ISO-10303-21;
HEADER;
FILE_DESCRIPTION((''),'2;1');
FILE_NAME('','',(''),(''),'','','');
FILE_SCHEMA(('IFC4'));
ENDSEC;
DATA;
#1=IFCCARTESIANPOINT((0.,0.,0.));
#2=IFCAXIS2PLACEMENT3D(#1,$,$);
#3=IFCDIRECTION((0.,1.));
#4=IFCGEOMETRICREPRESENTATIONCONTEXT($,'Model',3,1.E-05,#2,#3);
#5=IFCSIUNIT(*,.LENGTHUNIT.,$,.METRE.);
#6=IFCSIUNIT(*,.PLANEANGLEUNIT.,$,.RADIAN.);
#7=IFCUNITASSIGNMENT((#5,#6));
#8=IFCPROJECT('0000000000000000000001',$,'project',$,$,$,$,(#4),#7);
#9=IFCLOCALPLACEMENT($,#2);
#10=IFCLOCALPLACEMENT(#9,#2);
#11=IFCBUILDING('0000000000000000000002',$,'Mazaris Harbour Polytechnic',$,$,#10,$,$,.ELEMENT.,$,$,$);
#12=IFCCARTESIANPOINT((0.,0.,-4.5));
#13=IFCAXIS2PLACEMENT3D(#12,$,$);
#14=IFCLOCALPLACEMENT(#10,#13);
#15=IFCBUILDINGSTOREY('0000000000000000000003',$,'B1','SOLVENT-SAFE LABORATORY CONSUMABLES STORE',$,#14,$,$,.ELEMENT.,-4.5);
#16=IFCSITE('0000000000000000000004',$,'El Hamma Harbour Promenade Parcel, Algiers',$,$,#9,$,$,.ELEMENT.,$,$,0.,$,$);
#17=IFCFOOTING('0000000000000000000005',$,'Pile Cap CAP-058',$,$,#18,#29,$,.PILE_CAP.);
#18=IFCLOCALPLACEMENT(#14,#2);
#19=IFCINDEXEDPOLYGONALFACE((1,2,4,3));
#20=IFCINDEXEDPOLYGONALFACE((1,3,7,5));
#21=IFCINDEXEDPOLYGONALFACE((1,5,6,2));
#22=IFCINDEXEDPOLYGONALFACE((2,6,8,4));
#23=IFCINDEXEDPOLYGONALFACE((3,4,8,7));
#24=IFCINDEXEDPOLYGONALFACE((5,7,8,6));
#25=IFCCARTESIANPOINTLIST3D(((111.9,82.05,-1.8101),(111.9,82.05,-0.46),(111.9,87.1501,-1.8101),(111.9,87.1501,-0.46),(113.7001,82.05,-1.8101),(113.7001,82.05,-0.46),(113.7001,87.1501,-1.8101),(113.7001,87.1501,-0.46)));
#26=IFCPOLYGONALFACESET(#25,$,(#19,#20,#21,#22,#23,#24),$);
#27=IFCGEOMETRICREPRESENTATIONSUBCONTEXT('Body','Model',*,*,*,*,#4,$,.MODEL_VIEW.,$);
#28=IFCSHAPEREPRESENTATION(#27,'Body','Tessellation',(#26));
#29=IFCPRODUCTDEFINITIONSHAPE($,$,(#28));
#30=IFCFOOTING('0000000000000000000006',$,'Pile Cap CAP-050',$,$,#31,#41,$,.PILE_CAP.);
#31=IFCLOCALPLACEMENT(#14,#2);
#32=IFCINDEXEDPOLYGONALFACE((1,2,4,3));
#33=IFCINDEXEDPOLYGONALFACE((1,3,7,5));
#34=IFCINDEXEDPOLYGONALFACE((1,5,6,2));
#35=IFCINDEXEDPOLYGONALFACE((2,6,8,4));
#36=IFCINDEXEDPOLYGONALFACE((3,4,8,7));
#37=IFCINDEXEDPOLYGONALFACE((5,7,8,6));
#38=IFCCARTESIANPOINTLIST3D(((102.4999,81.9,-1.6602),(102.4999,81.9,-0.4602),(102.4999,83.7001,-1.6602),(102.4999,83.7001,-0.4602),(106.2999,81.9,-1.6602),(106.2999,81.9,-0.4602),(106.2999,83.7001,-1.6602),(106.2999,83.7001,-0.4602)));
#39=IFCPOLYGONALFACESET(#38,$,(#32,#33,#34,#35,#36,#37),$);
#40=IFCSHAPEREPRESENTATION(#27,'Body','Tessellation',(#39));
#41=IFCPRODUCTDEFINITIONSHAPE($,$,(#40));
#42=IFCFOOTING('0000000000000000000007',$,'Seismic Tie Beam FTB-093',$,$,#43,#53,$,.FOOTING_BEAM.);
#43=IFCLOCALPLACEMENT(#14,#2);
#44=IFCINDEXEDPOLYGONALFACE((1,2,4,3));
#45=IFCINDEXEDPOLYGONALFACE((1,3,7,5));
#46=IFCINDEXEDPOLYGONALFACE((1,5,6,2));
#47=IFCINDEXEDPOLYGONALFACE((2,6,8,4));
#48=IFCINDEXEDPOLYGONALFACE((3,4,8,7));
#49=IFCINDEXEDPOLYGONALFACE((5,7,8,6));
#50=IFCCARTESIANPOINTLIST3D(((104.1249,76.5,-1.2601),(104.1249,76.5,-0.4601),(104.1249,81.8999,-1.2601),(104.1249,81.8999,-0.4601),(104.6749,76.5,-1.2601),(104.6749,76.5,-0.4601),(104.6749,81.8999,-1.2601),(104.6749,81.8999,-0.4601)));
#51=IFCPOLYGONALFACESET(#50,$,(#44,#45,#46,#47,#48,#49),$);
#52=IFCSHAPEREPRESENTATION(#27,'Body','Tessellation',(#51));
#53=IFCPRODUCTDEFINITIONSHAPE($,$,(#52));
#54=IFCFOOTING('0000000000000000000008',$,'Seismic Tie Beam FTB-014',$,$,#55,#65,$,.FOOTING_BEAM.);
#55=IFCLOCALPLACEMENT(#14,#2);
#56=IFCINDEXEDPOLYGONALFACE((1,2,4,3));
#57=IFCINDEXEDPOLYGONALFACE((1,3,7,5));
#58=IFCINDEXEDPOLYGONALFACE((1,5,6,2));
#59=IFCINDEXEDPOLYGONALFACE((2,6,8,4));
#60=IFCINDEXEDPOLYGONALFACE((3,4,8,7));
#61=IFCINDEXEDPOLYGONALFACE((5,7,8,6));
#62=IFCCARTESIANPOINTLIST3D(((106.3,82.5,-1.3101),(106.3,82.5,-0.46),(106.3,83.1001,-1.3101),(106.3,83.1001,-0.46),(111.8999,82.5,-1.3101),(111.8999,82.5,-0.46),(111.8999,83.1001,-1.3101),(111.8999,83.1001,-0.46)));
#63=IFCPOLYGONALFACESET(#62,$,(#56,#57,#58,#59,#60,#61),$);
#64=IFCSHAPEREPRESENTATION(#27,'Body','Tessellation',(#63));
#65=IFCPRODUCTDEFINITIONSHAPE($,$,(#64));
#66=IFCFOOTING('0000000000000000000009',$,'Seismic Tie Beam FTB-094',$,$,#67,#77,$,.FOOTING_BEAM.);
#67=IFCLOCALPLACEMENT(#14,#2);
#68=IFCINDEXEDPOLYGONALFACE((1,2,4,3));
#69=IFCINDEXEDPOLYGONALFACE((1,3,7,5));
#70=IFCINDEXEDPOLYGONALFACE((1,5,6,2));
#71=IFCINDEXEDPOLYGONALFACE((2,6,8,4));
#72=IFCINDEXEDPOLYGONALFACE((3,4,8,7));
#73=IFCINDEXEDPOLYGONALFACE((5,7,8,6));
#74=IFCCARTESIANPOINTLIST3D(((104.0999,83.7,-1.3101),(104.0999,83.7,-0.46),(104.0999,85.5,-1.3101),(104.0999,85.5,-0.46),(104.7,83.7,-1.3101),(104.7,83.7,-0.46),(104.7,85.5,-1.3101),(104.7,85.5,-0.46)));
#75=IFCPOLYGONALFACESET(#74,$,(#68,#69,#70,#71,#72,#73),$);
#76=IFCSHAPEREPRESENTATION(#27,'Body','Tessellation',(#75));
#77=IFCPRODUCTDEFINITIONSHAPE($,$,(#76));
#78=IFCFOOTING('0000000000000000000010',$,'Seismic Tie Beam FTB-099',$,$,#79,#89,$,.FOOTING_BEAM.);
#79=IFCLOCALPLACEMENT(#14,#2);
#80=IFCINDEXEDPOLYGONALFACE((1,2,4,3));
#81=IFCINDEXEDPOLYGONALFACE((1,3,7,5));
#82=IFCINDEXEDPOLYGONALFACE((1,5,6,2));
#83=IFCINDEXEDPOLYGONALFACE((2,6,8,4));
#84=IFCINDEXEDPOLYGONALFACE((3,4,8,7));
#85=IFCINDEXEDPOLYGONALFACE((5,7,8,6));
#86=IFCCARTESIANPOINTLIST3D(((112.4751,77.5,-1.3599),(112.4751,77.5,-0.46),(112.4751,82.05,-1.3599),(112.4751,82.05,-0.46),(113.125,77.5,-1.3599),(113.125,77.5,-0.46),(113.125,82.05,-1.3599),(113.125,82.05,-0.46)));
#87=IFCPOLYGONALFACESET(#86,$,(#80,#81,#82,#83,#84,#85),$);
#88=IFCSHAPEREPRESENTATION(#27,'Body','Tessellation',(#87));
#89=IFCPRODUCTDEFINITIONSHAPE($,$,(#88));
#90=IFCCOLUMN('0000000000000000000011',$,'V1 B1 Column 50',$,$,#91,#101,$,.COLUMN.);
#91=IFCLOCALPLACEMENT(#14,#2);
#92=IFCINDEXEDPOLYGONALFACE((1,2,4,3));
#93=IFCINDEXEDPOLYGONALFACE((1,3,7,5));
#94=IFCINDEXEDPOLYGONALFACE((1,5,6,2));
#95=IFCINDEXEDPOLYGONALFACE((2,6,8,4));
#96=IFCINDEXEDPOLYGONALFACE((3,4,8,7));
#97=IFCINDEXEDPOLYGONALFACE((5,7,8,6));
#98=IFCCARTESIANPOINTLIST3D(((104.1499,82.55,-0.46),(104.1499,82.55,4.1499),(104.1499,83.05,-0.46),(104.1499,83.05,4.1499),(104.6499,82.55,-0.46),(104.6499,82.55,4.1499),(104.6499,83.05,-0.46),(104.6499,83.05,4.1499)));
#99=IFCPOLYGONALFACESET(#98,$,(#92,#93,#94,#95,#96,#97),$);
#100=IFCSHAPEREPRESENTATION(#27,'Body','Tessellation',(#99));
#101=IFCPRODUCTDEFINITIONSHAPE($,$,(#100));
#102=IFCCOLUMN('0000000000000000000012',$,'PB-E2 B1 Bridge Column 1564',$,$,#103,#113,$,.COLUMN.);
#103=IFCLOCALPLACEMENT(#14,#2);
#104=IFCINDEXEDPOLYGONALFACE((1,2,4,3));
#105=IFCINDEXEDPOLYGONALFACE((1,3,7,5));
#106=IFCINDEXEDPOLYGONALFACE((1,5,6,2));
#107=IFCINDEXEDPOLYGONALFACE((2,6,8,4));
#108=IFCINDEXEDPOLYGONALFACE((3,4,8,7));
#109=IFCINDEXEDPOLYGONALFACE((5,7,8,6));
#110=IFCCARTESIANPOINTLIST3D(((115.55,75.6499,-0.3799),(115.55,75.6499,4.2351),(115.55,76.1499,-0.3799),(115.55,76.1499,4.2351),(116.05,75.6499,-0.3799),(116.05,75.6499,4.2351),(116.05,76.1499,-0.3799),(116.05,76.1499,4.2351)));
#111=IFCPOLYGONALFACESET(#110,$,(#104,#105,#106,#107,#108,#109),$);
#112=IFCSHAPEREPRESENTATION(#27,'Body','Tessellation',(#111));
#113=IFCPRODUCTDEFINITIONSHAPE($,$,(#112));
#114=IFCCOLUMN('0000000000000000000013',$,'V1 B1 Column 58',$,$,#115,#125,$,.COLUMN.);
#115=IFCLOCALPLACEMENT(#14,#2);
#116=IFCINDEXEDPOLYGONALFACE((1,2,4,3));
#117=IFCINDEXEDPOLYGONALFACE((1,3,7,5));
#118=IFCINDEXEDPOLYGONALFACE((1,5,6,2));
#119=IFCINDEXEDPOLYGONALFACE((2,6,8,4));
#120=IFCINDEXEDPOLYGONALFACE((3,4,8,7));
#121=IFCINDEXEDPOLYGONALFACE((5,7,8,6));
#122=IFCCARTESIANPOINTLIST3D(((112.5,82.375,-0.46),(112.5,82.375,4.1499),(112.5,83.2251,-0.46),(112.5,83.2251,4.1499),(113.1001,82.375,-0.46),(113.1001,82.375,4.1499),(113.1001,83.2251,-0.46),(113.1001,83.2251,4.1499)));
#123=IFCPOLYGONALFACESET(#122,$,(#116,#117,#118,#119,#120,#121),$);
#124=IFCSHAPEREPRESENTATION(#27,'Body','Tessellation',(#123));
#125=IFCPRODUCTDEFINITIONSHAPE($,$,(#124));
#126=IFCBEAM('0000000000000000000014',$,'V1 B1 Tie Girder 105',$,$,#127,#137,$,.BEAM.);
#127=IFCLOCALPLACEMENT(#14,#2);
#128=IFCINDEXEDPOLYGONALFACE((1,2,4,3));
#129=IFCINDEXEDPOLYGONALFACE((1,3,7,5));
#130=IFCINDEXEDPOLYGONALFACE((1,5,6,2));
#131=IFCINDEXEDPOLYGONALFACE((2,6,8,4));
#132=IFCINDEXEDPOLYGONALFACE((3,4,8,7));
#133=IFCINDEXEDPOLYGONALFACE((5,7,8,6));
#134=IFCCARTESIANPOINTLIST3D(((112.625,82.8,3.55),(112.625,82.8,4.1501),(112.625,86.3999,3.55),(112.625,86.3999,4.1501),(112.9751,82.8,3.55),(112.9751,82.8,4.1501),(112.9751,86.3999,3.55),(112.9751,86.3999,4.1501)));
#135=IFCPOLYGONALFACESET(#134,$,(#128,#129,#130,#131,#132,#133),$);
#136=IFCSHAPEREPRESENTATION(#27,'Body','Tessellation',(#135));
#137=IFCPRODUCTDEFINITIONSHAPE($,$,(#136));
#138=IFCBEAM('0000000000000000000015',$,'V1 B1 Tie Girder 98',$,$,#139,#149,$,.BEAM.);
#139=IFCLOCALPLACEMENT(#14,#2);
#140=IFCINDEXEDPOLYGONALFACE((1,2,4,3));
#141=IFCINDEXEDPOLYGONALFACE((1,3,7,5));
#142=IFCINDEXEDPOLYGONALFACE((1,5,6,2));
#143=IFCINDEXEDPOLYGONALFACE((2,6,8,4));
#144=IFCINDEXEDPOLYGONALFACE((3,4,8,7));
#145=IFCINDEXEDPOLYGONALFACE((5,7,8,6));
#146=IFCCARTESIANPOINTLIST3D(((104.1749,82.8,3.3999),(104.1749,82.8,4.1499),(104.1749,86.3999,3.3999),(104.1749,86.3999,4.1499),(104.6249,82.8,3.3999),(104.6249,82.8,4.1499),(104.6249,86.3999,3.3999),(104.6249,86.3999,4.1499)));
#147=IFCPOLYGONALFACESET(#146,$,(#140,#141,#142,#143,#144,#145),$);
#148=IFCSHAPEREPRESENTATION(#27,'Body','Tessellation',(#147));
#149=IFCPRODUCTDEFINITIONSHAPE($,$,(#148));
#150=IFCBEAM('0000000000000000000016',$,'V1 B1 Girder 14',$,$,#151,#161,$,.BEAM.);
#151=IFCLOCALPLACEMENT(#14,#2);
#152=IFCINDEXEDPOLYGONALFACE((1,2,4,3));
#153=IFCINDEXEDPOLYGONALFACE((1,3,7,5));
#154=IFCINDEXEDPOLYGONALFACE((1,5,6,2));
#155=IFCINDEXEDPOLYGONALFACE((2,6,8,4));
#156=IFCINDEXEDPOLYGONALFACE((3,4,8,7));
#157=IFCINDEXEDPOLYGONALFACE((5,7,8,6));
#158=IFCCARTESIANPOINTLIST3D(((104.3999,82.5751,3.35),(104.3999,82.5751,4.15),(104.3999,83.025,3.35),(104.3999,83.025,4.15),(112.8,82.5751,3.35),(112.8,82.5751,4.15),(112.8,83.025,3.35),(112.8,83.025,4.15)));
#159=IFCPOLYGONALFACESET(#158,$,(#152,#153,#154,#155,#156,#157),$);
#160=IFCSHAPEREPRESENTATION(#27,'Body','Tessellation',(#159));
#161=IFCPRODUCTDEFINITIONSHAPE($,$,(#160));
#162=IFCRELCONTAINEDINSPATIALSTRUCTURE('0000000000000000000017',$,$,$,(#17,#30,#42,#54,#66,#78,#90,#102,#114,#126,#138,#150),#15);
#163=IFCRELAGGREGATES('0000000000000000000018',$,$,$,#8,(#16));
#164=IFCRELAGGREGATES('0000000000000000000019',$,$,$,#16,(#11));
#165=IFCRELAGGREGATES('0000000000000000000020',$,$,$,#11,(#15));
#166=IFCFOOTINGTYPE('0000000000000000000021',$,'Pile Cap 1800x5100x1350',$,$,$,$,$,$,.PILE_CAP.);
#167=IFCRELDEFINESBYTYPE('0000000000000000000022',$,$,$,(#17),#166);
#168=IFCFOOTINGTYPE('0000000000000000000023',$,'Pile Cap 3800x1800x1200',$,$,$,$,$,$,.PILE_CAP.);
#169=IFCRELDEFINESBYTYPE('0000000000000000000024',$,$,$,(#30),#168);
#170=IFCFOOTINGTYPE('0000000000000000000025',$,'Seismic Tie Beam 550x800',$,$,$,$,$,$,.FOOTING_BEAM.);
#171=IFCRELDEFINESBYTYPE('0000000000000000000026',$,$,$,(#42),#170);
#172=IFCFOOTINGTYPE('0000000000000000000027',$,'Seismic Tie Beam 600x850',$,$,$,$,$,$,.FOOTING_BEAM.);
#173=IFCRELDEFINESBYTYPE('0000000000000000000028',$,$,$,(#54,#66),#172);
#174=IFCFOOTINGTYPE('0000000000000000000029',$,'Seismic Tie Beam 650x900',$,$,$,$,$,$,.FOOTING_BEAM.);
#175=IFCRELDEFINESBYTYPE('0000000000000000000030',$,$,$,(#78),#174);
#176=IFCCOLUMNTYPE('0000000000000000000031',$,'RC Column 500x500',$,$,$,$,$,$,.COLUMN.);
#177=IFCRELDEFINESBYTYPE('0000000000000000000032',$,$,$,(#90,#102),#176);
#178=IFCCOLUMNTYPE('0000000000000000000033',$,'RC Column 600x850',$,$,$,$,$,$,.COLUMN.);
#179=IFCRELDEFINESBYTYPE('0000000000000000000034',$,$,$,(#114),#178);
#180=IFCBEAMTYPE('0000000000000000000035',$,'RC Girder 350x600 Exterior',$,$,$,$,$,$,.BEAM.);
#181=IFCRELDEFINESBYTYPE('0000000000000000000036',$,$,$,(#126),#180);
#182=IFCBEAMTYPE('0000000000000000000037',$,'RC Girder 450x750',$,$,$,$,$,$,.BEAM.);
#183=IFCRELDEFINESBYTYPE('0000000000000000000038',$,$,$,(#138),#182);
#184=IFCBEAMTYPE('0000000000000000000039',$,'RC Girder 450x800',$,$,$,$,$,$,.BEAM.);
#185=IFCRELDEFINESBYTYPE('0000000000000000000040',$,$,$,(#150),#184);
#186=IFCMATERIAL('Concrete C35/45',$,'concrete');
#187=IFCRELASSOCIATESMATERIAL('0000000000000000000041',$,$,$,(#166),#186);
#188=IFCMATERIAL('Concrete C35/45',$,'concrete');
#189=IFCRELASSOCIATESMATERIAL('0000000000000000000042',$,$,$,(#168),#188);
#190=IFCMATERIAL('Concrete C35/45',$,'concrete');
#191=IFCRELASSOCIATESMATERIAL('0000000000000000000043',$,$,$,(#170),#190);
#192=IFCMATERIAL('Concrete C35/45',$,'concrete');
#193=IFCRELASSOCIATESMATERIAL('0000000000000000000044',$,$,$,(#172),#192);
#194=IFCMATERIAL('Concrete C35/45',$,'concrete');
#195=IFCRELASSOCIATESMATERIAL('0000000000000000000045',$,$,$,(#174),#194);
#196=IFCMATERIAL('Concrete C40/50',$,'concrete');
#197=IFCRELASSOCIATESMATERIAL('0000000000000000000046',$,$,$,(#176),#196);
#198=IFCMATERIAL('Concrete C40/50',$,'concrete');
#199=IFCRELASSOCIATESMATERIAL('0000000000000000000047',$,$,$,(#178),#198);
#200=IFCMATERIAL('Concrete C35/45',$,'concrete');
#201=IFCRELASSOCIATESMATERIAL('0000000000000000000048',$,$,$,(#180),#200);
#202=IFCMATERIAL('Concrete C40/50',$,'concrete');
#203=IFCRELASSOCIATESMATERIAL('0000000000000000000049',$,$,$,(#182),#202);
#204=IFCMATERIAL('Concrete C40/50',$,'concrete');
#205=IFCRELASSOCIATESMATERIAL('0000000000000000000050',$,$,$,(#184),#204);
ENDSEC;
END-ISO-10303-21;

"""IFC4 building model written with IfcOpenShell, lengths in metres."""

from ifc_helpers import new_model, si_unit, direction, frame, origin, origin_2d, place, context, subcontext, project, spatial, rectangle, extrude, material, material_profile, profile_set, type_object, element, save


model = new_model("IFC4")

# Units and contexts
model_context = context("Model", 3, precision=1e-05, world=origin(), true_north=direction((0.0, 1.0)))
body_context = subcontext(model_context, "Body", "Model", "MODEL_VIEW")
ifc_project = project(units=[si_unit("LENGTHUNIT", "METRE"), si_unit("PLANEANGLEUNIT", "RADIAN")], contexts=[model_context])

# Site, building, storey
site_placement = place(None, origin())
site = spatial("IfcSite", under=ifc_project, at=site_placement, Name="El Hamma Harbour Promenade Parcel, Algiers", CompositionType="ELEMENT", RefElevation=0.0)
building_placement = place(site_placement, origin())
building = spatial("IfcBuilding", under=site, at=building_placement, Name="Mazaris Harbour Polytechnic", CompositionType="ELEMENT")
storey_placement = place(building_placement, frame((0.0, 0.0, -4.5)))
storey = spatial("IfcBuildingStorey", under=building, at=storey_placement, Name="B1", Description="SOLVENT-SAFE LABORATORY CONSUMABLES STORE", CompositionType="ELEMENT", Elevation=-4.5)

# Footings
ifc_material_1 = material(Name="Concrete C35/45", Category="concrete")
footing_type_1 = type_object("IfcFootingType", Name="Pile Cap 1800x5100x1350", PredefinedType="PILE_CAP", material=ifc_material_1)
footing_1_placement = place(storey_placement, frame((112.8, 84.6001, -1.8101), z_axis=(0.0, 0.0, 1.0), x_axis=(1.0, 0.0, 0.0)))
element("IfcFooting", 1, at=footing_1_placement, inside=storey, type_object=footing_type_1, Name="Pile Cap CAP-058", PredefinedType="PILE_CAP", context=body_context, shape_type="SweptSolid", body=[
    extrude(rectangle(XDim=1.8, YDim=5.1001, at=origin_2d()), origin(), (0.0, 0.0, 1.0), 1.3501),
])
ifc_material_2 = material(Name="Concrete C35/45", Category="concrete")
footing_type_2 = type_object("IfcFootingType", Name="Pile Cap 3800x1800x1200", PredefinedType="PILE_CAP", material=ifc_material_2)
footing_2_placement = place(storey_placement, frame((104.3999, 82.8, -1.6602), z_axis=(0.0, 0.0, 1.0), x_axis=(1.0, 0.0, 0.0)))
element("IfcFooting", 2, at=footing_2_placement, inside=storey, type_object=footing_type_2, Name="Pile Cap CAP-050", PredefinedType="PILE_CAP", context=body_context, shape_type="SweptSolid", body=[
    extrude(rectangle(XDim=3.8, YDim=1.8, at=origin_2d()), origin(), (0.0, 0.0, 1.0), 1.2),
])
ifc_material_3 = material(Name="Concrete C35/45", Category="concrete")
ifc_material_profile_1 = material_profile(ifc_material_3, rectangle(XDim=0.55, YDim=0.8, at=origin_2d()), Name="RECT550x800")
ifc_profile_set_1 = profile_set([ifc_material_profile_1], Name="Concrete C35/45")
footing_type_3 = type_object("IfcFootingType", Name="Seismic Tie Beam 550x800", PredefinedType="FOOTING_BEAM", material=ifc_profile_set_1)
footing_3_placement = place(storey_placement, frame((104.3999, 76.5, -0.8601), z_axis=(0.0, 1.0, 0.0), x_axis=(-1.0, 0.0, 0.0)))
element("IfcFooting", 3, at=footing_3_placement, inside=storey, type_object=footing_type_3, Name="Seismic Tie Beam FTB-093", PredefinedType="FOOTING_BEAM", context=body_context, shape_type="SweptSolid", body=[
    extrude(rectangle(XDim=0.55, YDim=0.8, at=origin_2d()), origin(), (0.0, 0.0, 1.0), 5.3999),
])
ifc_material_4 = material(Name="Concrete C35/45", Category="concrete")
ifc_material_profile_2 = material_profile(ifc_material_4, rectangle(XDim=0.6001, YDim=0.8501, at=origin_2d()), Name="RECT600x850")
ifc_profile_set_2 = profile_set([ifc_material_profile_2], Name="Concrete C35/45")
footing_type_4 = type_object("IfcFootingType", Name="Seismic Tie Beam 600x850", PredefinedType="FOOTING_BEAM", material=ifc_profile_set_2)
footing_4_placement = place(storey_placement, frame((106.3, 82.8, -0.885), z_axis=(1.0, 0.0, 0.0), x_axis=(0.0, 1.0, 0.0)))
element("IfcFooting", 4, at=footing_4_placement, inside=storey, type_object=footing_type_4, Name="Seismic Tie Beam FTB-014", PredefinedType="FOOTING_BEAM", context=body_context, shape_type="SweptSolid", body=[
    extrude(rectangle(XDim=0.6001, YDim=0.8501, at=origin_2d()), origin(), (0.0, 0.0, 1.0), 5.5999),
])
footing_5_placement = place(storey_placement, frame((104.3999, 83.7, -0.885), z_axis=(0.0, 1.0, 0.0), x_axis=(-1.0, 0.0, 0.0)))
element("IfcFooting", 5, at=footing_5_placement, inside=storey, type_object=footing_type_4, Name="Seismic Tie Beam FTB-094", PredefinedType="FOOTING_BEAM", context=body_context, shape_type="SweptSolid", body=[
    extrude(rectangle(XDim=0.6001, YDim=0.8501, at=origin_2d()), origin(), (0.0, 0.0, 1.0), 1.8),
])
ifc_material_5 = material(Name="Concrete C35/45", Category="concrete")
ifc_material_profile_3 = material_profile(ifc_material_5, rectangle(XDim=0.6499, YDim=0.8999, at=origin_2d()), Name="RECT650x900")
ifc_profile_set_3 = profile_set([ifc_material_profile_3], Name="Concrete C35/45")
footing_type_5 = type_object("IfcFootingType", Name="Seismic Tie Beam 650x900", PredefinedType="FOOTING_BEAM", material=ifc_profile_set_3)
footing_6_placement = place(storey_placement, frame((112.8, 77.5, -0.9099), z_axis=(0.0, 1.0, 0.0), x_axis=(-1.0, 0.0, 0.0)))
element("IfcFooting", 6, at=footing_6_placement, inside=storey, type_object=footing_type_5, Name="Seismic Tie Beam FTB-099", PredefinedType="FOOTING_BEAM", context=body_context, shape_type="SweptSolid", body=[
    extrude(rectangle(XDim=0.6499, YDim=0.8999, at=origin_2d()), origin(), (0.0, 0.0, 1.0), 4.55),
])

# Columns
ifc_material_6 = material(Name="Concrete C40/50", Category="concrete")
ifc_material_profile_4 = material_profile(ifc_material_6, rectangle(XDim=0.5, YDim=0.5, at=origin_2d()), Name="RECT500x500")
ifc_profile_set_4 = profile_set([ifc_material_profile_4], Name="Concrete C40/50")
column_type_1 = type_object("IfcColumnType", Name="RC Column 500x500", PredefinedType="COLUMN", material=ifc_profile_set_4)
column_1_placement = place(storey_placement, frame((104.3999, 82.8, -0.46), z_axis=(0.0, 0.0, 1.0), x_axis=(1.0, 0.0, 0.0)))
element("IfcColumn", 7, at=column_1_placement, inside=storey, type_object=column_type_1, Name="V1 B1 Column 50", PredefinedType="COLUMN", context=body_context, shape_type="SweptSolid", body=[
    extrude(rectangle(XDim=0.5, YDim=0.5, at=origin_2d()), origin(), (0.0, 0.0, 1.0), 4.6099),
])
column_2_placement = place(storey_placement, frame((115.8, 75.8999, -0.3799), z_axis=(0.0, 0.0, 1.0), x_axis=(1.0, 0.0, 0.0)))
element("IfcColumn", 8, at=column_2_placement, inside=storey, type_object=column_type_1, Name="PB-E2 B1 Bridge Column 1564", PredefinedType="COLUMN", context=body_context, shape_type="SweptSolid", body=[
    extrude(rectangle(XDim=0.5, YDim=0.5, at=origin_2d()), origin(), (0.0, 0.0, 1.0), 4.615),
])
ifc_material_7 = material(Name="Concrete C40/50", Category="concrete")
ifc_material_profile_5 = material_profile(ifc_material_7, rectangle(XDim=0.6001, YDim=0.8501, at=origin_2d()), Name="RECT600x850")
ifc_profile_set_5 = profile_set([ifc_material_profile_5], Name="Concrete C40/50")
column_type_2 = type_object("IfcColumnType", Name="RC Column 600x850", PredefinedType="COLUMN", material=ifc_profile_set_5)
column_3_placement = place(storey_placement, frame((112.8, 82.8, -0.46), z_axis=(0.0, 0.0, 1.0), x_axis=(1.0, 0.0, 0.0)))
element("IfcColumn", 9, at=column_3_placement, inside=storey, type_object=column_type_2, Name="V1 B1 Column 58", PredefinedType="COLUMN", context=body_context, shape_type="SweptSolid", body=[
    extrude(rectangle(XDim=0.6001, YDim=0.8501, at=origin_2d()), origin(), (0.0, 0.0, 1.0), 4.6099),
])

# Beams
ifc_material_8 = material(Name="Concrete C35/45", Category="concrete")
ifc_material_profile_6 = material_profile(ifc_material_8, rectangle(XDim=0.3501, YDim=0.6001, at=origin_2d()), Name="RECT350x600")
ifc_profile_set_6 = profile_set([ifc_material_profile_6], Name="Concrete C35/45")
beam_type_1 = type_object("IfcBeamType", Name="RC Girder 350x600 Exterior", PredefinedType="BEAM", material=ifc_profile_set_6)
beam_1_placement = place(storey_placement, frame((112.8, 82.8, 3.8501), z_axis=(0.0, 1.0, 0.0), x_axis=(-1.0, 0.0, 0.0)))
element("IfcBeam", 10, at=beam_1_placement, inside=storey, type_object=beam_type_1, Name="V1 B1 Tie Girder 105", PredefinedType="BEAM", context=body_context, shape_type="SweptSolid", body=[
    extrude(rectangle(XDim=0.3501, YDim=0.6001, at=origin_2d()), origin(), (0.0, 0.0, 1.0), 3.5999),
])
ifc_material_9 = material(Name="Concrete C40/50", Category="concrete")
ifc_material_profile_7 = material_profile(ifc_material_9, rectangle(XDim=0.45, YDim=0.75, at=origin_2d()), Name="RECT450x750")
ifc_profile_set_7 = profile_set([ifc_material_profile_7], Name="Concrete C40/50")
beam_type_2 = type_object("IfcBeamType", Name="RC Girder 450x750", PredefinedType="BEAM", material=ifc_profile_set_7)
beam_2_placement = place(storey_placement, frame((104.3999, 82.8, 3.7749), z_axis=(0.0, 1.0, 0.0), x_axis=(-1.0, 0.0, 0.0)))
element("IfcBeam", 11, at=beam_2_placement, inside=storey, type_object=beam_type_2, Name="V1 B1 Tie Girder 98", PredefinedType="BEAM", context=body_context, shape_type="SweptSolid", body=[
    extrude(rectangle(XDim=0.45, YDim=0.75, at=origin_2d()), origin(), (0.0, 0.0, 1.0), 3.5999),
])
ifc_material_10 = material(Name="Concrete C40/50", Category="concrete")
ifc_material_profile_8 = material_profile(ifc_material_10, rectangle(XDim=0.45, YDim=0.8, at=origin_2d()), Name="RECT450x800")
ifc_profile_set_8 = profile_set([ifc_material_profile_8], Name="Concrete C40/50")
beam_type_3 = type_object("IfcBeamType", Name="RC Girder 450x800", PredefinedType="BEAM", material=ifc_profile_set_8)
beam_3_placement = place(storey_placement, frame((104.3999, 82.8, 3.75), z_axis=(1.0, 0.0, 0.0), x_axis=(0.0, 1.0, 0.0)))
element("IfcBeam", 12, at=beam_3_placement, inside=storey, type_object=beam_type_3, Name="V1 B1 Girder 14", PredefinedType="BEAM", context=body_context, shape_type="SweptSolid", body=[
    extrude(rectangle(XDim=0.45, YDim=0.8, at=origin_2d()), origin(), (0.0, 0.0, 1.0), 8.4001),
])

save(model, "model.ifc")
